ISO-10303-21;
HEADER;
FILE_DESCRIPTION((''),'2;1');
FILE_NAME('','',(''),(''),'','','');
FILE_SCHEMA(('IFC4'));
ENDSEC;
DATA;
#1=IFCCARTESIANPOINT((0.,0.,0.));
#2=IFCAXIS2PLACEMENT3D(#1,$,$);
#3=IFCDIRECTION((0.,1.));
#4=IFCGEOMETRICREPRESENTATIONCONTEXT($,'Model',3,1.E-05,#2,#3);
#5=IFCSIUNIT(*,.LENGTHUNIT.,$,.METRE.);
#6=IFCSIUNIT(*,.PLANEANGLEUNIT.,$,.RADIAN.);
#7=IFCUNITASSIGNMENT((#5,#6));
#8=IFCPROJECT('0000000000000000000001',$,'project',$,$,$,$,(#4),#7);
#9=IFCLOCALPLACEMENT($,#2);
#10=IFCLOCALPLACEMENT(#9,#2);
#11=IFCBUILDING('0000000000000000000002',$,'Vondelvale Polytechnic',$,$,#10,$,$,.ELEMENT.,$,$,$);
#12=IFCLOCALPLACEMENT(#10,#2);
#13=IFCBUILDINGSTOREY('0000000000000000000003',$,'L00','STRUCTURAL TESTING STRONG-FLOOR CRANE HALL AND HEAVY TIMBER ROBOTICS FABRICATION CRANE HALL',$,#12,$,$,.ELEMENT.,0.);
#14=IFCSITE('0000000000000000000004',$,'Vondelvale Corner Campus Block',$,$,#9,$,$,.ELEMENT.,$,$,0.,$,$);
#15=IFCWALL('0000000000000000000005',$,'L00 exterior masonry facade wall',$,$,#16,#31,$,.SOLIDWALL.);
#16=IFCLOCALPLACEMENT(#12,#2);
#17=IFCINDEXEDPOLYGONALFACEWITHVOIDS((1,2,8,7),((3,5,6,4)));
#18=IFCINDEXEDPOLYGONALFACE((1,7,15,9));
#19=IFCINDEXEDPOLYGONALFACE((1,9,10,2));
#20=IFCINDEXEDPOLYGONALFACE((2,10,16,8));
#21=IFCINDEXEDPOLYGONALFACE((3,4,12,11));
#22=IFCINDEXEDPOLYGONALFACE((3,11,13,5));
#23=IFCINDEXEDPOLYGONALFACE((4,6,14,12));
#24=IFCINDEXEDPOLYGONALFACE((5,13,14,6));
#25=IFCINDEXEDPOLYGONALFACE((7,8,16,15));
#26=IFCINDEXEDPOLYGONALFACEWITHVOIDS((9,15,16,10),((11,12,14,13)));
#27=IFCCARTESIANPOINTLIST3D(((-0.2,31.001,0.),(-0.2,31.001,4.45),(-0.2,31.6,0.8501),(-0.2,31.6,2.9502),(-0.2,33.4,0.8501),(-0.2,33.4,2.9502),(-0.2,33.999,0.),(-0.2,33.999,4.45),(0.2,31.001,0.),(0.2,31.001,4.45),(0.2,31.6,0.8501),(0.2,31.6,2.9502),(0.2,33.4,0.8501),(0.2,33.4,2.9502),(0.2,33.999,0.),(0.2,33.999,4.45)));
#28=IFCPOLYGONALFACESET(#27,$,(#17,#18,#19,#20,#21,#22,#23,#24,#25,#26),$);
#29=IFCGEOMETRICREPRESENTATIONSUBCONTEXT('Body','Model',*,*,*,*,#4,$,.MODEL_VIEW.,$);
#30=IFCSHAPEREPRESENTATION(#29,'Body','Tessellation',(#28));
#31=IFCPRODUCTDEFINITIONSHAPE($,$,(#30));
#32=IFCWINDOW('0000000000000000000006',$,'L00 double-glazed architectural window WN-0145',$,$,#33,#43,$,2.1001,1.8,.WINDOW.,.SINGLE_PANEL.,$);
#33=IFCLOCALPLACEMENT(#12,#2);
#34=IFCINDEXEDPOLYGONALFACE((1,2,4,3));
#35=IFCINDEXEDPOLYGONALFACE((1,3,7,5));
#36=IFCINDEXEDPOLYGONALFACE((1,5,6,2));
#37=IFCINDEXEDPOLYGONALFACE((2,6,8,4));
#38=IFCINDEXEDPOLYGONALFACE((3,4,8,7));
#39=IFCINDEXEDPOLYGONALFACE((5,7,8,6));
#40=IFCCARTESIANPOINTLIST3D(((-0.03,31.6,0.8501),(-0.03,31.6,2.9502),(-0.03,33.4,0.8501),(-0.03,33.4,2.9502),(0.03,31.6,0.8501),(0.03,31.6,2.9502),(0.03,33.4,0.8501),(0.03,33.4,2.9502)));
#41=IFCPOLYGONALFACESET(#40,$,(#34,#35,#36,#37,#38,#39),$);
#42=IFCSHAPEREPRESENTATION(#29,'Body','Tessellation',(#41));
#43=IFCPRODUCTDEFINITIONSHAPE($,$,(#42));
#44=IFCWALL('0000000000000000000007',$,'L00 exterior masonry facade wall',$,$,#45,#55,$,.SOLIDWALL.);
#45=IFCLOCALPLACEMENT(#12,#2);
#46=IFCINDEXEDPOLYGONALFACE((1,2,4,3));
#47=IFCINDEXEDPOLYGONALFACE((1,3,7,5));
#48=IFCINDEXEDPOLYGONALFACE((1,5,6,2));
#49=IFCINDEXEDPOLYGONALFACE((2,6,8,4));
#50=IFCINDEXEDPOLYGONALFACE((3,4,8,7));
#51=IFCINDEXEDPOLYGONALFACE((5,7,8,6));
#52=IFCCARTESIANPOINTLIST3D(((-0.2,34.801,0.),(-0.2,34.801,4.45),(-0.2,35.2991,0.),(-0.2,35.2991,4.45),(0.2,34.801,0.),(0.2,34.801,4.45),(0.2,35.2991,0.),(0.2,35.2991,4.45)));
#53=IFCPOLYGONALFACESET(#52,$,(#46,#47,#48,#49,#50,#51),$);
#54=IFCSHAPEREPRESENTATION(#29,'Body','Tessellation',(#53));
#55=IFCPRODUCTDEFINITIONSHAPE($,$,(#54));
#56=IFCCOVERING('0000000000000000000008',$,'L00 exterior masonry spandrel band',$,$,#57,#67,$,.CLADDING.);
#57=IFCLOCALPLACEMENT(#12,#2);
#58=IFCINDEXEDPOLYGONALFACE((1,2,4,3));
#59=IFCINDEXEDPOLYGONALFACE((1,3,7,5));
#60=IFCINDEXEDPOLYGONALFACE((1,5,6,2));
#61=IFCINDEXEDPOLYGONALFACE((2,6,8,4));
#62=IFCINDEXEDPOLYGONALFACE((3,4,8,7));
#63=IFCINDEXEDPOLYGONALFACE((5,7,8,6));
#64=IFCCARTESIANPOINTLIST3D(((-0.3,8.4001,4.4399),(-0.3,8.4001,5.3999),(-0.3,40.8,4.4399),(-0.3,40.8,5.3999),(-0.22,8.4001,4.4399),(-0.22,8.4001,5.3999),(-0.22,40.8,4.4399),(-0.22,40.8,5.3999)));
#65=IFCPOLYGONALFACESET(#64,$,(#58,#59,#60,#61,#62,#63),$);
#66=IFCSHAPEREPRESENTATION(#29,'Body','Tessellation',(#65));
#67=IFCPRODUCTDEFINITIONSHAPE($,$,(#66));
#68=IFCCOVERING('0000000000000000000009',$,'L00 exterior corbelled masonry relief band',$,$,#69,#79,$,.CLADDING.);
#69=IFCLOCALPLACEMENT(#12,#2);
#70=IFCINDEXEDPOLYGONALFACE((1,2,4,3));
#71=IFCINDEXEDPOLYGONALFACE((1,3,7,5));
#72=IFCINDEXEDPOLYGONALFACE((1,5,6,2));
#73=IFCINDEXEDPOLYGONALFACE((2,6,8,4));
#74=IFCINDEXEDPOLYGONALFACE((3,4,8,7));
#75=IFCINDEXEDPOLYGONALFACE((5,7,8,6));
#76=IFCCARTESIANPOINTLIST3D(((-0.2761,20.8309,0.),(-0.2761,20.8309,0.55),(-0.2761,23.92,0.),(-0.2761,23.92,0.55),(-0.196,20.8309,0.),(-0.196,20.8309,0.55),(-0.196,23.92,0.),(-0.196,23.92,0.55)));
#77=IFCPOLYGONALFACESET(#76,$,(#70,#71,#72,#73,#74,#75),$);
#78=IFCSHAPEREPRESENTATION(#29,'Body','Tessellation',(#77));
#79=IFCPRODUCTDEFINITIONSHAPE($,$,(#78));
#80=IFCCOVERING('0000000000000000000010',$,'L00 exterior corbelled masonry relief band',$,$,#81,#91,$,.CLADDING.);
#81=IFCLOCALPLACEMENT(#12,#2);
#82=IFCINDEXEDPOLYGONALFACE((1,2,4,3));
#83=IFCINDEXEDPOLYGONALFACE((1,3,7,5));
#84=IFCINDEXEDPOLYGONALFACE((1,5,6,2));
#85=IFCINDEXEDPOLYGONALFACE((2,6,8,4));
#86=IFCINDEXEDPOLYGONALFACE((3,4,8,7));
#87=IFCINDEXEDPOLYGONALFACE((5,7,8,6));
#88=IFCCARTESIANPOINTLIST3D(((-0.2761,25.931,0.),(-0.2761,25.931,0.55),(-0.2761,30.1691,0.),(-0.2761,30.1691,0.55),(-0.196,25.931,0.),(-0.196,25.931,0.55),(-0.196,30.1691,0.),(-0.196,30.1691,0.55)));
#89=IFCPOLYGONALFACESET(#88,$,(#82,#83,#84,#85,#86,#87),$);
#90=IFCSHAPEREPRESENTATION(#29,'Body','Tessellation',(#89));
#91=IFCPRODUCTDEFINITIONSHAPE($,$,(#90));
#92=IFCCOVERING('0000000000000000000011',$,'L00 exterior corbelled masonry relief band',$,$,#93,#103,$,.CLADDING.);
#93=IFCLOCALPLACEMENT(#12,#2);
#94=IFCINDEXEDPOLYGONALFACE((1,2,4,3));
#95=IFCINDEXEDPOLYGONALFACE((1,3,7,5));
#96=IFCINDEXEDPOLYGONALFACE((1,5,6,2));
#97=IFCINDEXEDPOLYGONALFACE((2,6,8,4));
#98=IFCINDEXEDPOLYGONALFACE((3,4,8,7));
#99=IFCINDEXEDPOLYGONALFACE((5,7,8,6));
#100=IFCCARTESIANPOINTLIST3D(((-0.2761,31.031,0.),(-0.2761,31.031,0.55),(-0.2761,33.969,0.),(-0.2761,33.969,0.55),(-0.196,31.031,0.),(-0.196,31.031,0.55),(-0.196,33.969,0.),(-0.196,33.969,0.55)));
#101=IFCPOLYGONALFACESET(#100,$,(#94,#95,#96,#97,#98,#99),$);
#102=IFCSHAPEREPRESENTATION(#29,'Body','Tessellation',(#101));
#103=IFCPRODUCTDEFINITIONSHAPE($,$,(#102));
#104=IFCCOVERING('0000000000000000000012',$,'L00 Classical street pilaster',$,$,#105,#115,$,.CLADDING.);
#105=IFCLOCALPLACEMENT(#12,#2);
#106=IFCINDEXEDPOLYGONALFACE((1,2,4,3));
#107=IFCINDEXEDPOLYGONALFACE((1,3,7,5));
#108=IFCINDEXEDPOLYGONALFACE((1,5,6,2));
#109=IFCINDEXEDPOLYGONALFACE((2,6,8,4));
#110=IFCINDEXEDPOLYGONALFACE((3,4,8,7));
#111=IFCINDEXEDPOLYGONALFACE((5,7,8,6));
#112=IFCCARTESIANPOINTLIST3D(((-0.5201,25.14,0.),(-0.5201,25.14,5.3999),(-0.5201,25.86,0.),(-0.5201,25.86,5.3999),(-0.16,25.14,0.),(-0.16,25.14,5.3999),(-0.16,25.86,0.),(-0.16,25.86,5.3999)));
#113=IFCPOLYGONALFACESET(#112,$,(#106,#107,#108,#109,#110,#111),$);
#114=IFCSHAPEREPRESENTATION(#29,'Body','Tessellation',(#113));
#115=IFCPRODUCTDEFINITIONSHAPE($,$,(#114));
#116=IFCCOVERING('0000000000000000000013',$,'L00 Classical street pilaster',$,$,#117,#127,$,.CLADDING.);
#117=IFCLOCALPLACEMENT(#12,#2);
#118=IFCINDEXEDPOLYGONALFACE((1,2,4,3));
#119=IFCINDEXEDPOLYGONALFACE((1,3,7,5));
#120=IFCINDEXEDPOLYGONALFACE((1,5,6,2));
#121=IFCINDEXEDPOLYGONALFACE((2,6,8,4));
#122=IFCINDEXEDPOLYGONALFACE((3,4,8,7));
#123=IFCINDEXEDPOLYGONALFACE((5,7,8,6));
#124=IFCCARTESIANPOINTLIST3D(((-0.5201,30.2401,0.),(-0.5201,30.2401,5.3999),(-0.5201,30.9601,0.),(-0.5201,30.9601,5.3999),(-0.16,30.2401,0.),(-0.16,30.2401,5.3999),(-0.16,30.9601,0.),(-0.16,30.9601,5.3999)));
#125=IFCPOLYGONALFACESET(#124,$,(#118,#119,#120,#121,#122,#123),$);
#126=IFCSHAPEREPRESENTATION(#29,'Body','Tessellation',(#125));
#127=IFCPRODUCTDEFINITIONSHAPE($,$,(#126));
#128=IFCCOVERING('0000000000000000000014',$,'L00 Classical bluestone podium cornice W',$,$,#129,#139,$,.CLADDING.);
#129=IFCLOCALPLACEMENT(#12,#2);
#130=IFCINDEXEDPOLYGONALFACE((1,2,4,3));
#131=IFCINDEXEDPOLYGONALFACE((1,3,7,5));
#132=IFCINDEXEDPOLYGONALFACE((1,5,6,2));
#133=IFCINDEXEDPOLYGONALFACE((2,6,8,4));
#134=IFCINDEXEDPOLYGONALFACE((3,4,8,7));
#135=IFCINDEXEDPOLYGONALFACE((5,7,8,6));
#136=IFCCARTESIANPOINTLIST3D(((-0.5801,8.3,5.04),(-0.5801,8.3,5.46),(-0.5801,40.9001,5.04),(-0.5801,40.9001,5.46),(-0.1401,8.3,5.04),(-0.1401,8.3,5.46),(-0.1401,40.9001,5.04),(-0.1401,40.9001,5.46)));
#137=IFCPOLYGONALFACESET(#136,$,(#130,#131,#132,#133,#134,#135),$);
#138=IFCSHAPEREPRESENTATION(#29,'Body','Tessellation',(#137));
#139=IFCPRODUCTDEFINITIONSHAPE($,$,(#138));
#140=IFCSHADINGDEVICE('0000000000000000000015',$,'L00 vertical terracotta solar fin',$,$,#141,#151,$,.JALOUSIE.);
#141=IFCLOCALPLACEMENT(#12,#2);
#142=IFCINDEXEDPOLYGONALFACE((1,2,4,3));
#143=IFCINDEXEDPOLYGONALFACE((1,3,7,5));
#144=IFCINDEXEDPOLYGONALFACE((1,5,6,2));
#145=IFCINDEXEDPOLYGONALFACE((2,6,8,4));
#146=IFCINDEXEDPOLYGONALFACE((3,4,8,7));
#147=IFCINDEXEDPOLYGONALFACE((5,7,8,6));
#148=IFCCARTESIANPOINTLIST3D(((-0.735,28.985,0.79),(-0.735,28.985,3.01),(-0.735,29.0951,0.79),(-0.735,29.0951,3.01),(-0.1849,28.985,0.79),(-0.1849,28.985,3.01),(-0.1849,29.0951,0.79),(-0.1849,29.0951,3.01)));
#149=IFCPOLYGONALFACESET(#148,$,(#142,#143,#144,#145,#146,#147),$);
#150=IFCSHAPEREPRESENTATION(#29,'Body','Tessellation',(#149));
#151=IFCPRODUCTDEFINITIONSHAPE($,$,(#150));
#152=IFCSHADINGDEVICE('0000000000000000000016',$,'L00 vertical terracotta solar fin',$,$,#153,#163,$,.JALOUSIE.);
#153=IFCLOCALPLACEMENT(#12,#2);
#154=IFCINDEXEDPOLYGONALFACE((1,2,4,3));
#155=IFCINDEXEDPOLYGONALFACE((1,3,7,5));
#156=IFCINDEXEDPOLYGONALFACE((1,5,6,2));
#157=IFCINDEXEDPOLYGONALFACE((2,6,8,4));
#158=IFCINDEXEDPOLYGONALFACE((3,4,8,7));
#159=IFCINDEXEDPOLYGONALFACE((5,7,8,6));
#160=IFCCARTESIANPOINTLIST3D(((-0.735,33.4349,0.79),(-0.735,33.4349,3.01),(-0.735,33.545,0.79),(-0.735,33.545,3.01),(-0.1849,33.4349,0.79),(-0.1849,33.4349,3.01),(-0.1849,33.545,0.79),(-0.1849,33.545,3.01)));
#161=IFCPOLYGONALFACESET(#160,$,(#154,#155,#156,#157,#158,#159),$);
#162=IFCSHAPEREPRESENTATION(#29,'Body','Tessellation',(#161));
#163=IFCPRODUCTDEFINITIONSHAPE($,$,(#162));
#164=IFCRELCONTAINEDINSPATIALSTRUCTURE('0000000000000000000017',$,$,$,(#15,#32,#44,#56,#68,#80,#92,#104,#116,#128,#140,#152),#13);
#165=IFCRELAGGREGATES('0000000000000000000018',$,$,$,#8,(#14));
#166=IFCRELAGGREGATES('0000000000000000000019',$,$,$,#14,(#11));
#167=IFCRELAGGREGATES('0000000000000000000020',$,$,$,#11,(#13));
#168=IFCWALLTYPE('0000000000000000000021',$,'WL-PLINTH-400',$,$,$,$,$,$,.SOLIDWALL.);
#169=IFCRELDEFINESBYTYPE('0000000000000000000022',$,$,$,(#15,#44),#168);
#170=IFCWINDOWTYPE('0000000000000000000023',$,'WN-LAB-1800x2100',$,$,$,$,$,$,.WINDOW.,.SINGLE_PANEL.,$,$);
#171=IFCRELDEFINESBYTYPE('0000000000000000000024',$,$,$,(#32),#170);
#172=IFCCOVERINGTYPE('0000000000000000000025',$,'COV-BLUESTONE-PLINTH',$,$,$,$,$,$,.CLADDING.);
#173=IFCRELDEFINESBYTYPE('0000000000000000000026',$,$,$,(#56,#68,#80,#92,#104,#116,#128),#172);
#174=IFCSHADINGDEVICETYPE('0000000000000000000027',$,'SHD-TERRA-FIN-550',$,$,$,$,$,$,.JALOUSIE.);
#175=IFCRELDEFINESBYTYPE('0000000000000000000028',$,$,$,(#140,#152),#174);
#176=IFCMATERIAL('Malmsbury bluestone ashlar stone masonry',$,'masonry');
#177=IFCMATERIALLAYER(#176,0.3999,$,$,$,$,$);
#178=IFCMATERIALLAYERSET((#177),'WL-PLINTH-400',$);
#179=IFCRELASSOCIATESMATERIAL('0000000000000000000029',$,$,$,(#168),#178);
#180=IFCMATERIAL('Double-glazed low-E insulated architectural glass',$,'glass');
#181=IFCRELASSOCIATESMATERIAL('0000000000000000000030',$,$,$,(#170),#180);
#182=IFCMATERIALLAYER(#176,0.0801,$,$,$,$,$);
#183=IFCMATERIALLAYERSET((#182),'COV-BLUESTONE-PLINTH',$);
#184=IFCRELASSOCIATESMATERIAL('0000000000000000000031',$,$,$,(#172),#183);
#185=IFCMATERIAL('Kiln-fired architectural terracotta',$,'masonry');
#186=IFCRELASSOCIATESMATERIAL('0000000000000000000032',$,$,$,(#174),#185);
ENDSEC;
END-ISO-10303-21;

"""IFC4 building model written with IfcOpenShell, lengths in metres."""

from ifc_helpers import new_model, si_unit, direction, frame, frame_2d, origin, origin_2d, place, context, subcontext, project, spatial, rectangle, extrude, material, layer, layer_set, type_object, element, fill, save


model = new_model("IFC4")

# Units and contexts
model_context = context("Model", 3, precision=1e-05, world=origin(), true_north=direction((0.0, 1.0)))
body_context = subcontext(model_context, "Body", "Model", "MODEL_VIEW")
ifc_project = project(units=[si_unit("LENGTHUNIT", "METRE"), si_unit("PLANEANGLEUNIT", "RADIAN")], contexts=[model_context])

# Site, building, storey
site_placement = place(None, origin())
site = spatial("IfcSite", under=ifc_project, at=site_placement, Name="Vondelvale Corner Campus Block", CompositionType="ELEMENT", RefElevation=0.0)
building_placement = place(site_placement, origin())
building = spatial("IfcBuilding", under=site, at=building_placement, Name="Vondelvale Polytechnic", CompositionType="ELEMENT")
storey_placement = place(building_placement, origin())
storey = spatial("IfcBuildingStorey", under=building, at=storey_placement, Name="L00", Description="STRUCTURAL TESTING STRONG-FLOOR CRANE HALL AND HEAVY TIMBER ROBOTICS FABRICATION CRANE HALL", CompositionType="ELEMENT", Elevation=0.0)

# Shared definitions
ifc_material_1 = material(Name="Malmsbury bluestone ashlar stone masonry", Category="masonry")
ifc_layer_1 = layer(ifc_material_1, 0.3999)
ifc_layer_set_1 = layer_set([ifc_layer_1], Name="WL-PLINTH-400")
wall_type_1 = type_object("IfcWallType", Name="WL-PLINTH-400", PredefinedType="SOLIDWALL", material=ifc_layer_set_1)

# Wall, opening, window
ifc_material_2 = material(Name="Double-glazed low-E insulated architectural glass", Category="glass")
window_type = type_object("IfcWindowType", Name="WN-LAB-1800x2100", PartitioningType="SINGLE_PANEL", PredefinedType="WINDOW", material=ifc_material_2)
wall_1_placement = place(storey_placement, frame((0.0, 31.001, 0.0), z_axis=(0.0, 0.0, 1.0), x_axis=(0.0, 1.0, 0.0)))
wall_1 = element("IfcWall", 1, at=wall_1_placement, inside=storey, type_object=wall_type_1, Name="L00 exterior masonry facade wall", PredefinedType="SOLIDWALL", context=body_context, shape_type="SweptSolid", body=[
    extrude(rectangle(XDim=2.998, YDim=0.3999, at=frame_2d((1.499, 0.0))), origin(), (0.0, 0.0, 1.0), 4.45),
])
opening_1_placement = place(wall_1_placement, frame((0.5991, 0.0, 0.8501)))
opening_1 = element("IfcOpeningElement", 2, at=opening_1_placement, cuts=wall_1, PredefinedType="OPENING", context=body_context, shape_type="SweptSolid", body=[
    extrude(rectangle(XDim=1.8, YDim=2.1001, at=frame_2d((0.8999, 1.05))), frame((0.0, 0.21, 0.0), z_axis=(0.0, -1.0, 0.0), x_axis=(1.0, 0.0, 0.0)), (0.0, 0.0, 1.0), 0.4199),
])
window_1_placement = place(opening_1_placement, origin())
window_1 = element("IfcWindow", 3, at=window_1_placement, inside=storey, type_object=window_type, Name="L00 double-glazed architectural window WN-0145", OverallHeight=2.1001, OverallWidth=1.8, PartitioningType="SINGLE_PANEL", PredefinedType="WINDOW", context=body_context, shape_type="SweptSolid", body=[
    extrude(rectangle(XDim=1.8, YDim=2.1001, at=frame_2d((0.8999, 1.05))), frame((0.0, 0.03, 0.0), z_axis=(0.0, -1.0, 0.0), x_axis=(1.0, 0.0, 0.0)), (0.0, 0.0, 1.0), 0.0601),
])
fill(opening_1, window_1)

# Wall
wall_2_placement = place(storey_placement, frame((0.0, 34.801, 0.0), z_axis=(0.0, 0.0, 1.0), x_axis=(0.0, 1.0, 0.0)))
element("IfcWall", 4, at=wall_2_placement, inside=storey, type_object=wall_type_1, Name="L00 exterior masonry facade wall", PredefinedType="SOLIDWALL", context=body_context, shape_type="SweptSolid", body=[
    extrude(rectangle(XDim=0.498, YDim=0.3999, at=frame_2d((0.249, 0.0))), origin(), (0.0, 0.0, 1.0), 4.45),
])

# Coverings
ifc_layer_2 = layer(ifc_material_1, 0.0801)
ifc_layer_set_2 = layer_set([ifc_layer_2], Name="COV-BLUESTONE-PLINTH")
covering_type = type_object("IfcCoveringType", Name="COV-BLUESTONE-PLINTH", PredefinedType="CLADDING", material=ifc_layer_set_2)
covering_1_placement = place(storey_placement, frame((-0.26, 24.6001, 4.4399), z_axis=(0.0, 0.0, 1.0), x_axis=(0.0, 1.0, 0.0)))
element("IfcCovering", 5, at=covering_1_placement, inside=storey, type_object=covering_type, Name="L00 exterior masonry spandrel band", PredefinedType="CLADDING", context=body_context, shape_type="SweptSolid", body=[
    extrude(rectangle(XDim=32.3999, YDim=0.0801, at=origin_2d()), origin(), (0.0, 0.0, 1.0), 0.96),
])
covering_2_placement = place(storey_placement, frame((-0.2361, 22.3755, 0.0), z_axis=(0.0, 0.0, 1.0), x_axis=(0.0, 1.0, 0.0)))
element("IfcCovering", 6, at=covering_2_placement, inside=storey, type_object=covering_type, Name="L00 exterior corbelled masonry relief band", PredefinedType="CLADDING", context=body_context, shape_type="SweptSolid", body=[
    extrude(rectangle(XDim=3.0891, YDim=0.0801, at=origin_2d()), origin(), (0.0, 0.0, 1.0), 0.55),
])
covering_3_placement = place(storey_placement, frame((-0.2361, 28.05, 0.0), z_axis=(0.0, 0.0, 1.0), x_axis=(0.0, 1.0, 0.0)))
element("IfcCovering", 7, at=covering_3_placement, inside=storey, type_object=covering_type, Name="L00 exterior corbelled masonry relief band", PredefinedType="CLADDING", context=body_context, shape_type="SweptSolid", body=[
    extrude(rectangle(XDim=4.238, YDim=0.0801, at=origin_2d()), origin(), (0.0, 0.0, 1.0), 0.55),
])
covering_4_placement = place(storey_placement, frame((-0.2361, 32.5, 0.0), z_axis=(0.0, 0.0, 1.0), x_axis=(0.0, 1.0, 0.0)))
element("IfcCovering", 8, at=covering_4_placement, inside=storey, type_object=covering_type, Name="L00 exterior corbelled masonry relief band", PredefinedType="CLADDING", context=body_context, shape_type="SweptSolid", body=[
    extrude(rectangle(XDim=2.938, YDim=0.0801, at=origin_2d()), origin(), (0.0, 0.0, 1.0), 0.55),
])
for number, where, z_axis, x_axis, name in (
    (9, (-0.3401, 25.5, 0.0), (0.0, 0.0, 1.0), (1.0, 0.0, 0.0), "L00 Classical street pilaster"),
    (10, (-0.3401, 30.6001, 0.0), (0.0, 0.0, 1.0), (1.0, 0.0, 0.0), "L00 Classical street pilaster"),
):
    element("IfcCovering", number, at=place(storey_placement, frame(where, z_axis=z_axis, x_axis=x_axis)), inside=storey, type_object=covering_type, Name=name, PredefinedType="CLADDING", context=body_context, shape_type="SweptSolid", body=[
        extrude(rectangle(XDim=0.3601, YDim=0.72, at=origin_2d()), origin(), (0.0, 0.0, 1.0), 5.3999),
    ])
covering_5_placement = place(storey_placement, frame((-0.3601, 24.6001, 5.04), z_axis=(0.0, 0.0, 1.0), x_axis=(1.0, 0.0, 0.0)))
element("IfcCovering", 11, at=covering_5_placement, inside=storey, type_object=covering_type, Name="L00 Classical bluestone podium cornice W", PredefinedType="CLADDING", context=body_context, shape_type="SweptSolid", body=[
    extrude(rectangle(XDim=0.4399, YDim=32.6001, at=origin_2d()), origin(), (0.0, 0.0, 1.0), 0.4199),
])

# Shading devices
ifc_material_3 = material(Name="Kiln-fired architectural terracotta", Category="masonry")
shading_device_type = type_object("IfcShadingDeviceType", Name="SHD-TERRA-FIN-550", PredefinedType="JALOUSIE", material=ifc_material_3)
for number, where, z_axis, x_axis, name in (
    (12, (-0.46, 29.04, 0.79), (0.0, 0.0, 1.0), (0.0, 1.0, 0.0), "L00 vertical terracotta solar fin"),
    (13, (-0.46, 33.49, 0.79), (0.0, 0.0, 1.0), (0.0, 1.0, 0.0), "L00 vertical terracotta solar fin"),
):
    element("IfcShadingDevice", number, at=place(storey_placement, frame(where, z_axis=z_axis, x_axis=x_axis)), inside=storey, type_object=shading_device_type, Name=name, PredefinedType="JALOUSIE", context=body_context, shape_type="SweptSolid", body=[
        extrude(rectangle(XDim=0.1101, YDim=0.55, at=origin_2d()), origin(), (0.0, 0.0, 1.0), 2.22),
    ])

save(model, "model.ifc")
